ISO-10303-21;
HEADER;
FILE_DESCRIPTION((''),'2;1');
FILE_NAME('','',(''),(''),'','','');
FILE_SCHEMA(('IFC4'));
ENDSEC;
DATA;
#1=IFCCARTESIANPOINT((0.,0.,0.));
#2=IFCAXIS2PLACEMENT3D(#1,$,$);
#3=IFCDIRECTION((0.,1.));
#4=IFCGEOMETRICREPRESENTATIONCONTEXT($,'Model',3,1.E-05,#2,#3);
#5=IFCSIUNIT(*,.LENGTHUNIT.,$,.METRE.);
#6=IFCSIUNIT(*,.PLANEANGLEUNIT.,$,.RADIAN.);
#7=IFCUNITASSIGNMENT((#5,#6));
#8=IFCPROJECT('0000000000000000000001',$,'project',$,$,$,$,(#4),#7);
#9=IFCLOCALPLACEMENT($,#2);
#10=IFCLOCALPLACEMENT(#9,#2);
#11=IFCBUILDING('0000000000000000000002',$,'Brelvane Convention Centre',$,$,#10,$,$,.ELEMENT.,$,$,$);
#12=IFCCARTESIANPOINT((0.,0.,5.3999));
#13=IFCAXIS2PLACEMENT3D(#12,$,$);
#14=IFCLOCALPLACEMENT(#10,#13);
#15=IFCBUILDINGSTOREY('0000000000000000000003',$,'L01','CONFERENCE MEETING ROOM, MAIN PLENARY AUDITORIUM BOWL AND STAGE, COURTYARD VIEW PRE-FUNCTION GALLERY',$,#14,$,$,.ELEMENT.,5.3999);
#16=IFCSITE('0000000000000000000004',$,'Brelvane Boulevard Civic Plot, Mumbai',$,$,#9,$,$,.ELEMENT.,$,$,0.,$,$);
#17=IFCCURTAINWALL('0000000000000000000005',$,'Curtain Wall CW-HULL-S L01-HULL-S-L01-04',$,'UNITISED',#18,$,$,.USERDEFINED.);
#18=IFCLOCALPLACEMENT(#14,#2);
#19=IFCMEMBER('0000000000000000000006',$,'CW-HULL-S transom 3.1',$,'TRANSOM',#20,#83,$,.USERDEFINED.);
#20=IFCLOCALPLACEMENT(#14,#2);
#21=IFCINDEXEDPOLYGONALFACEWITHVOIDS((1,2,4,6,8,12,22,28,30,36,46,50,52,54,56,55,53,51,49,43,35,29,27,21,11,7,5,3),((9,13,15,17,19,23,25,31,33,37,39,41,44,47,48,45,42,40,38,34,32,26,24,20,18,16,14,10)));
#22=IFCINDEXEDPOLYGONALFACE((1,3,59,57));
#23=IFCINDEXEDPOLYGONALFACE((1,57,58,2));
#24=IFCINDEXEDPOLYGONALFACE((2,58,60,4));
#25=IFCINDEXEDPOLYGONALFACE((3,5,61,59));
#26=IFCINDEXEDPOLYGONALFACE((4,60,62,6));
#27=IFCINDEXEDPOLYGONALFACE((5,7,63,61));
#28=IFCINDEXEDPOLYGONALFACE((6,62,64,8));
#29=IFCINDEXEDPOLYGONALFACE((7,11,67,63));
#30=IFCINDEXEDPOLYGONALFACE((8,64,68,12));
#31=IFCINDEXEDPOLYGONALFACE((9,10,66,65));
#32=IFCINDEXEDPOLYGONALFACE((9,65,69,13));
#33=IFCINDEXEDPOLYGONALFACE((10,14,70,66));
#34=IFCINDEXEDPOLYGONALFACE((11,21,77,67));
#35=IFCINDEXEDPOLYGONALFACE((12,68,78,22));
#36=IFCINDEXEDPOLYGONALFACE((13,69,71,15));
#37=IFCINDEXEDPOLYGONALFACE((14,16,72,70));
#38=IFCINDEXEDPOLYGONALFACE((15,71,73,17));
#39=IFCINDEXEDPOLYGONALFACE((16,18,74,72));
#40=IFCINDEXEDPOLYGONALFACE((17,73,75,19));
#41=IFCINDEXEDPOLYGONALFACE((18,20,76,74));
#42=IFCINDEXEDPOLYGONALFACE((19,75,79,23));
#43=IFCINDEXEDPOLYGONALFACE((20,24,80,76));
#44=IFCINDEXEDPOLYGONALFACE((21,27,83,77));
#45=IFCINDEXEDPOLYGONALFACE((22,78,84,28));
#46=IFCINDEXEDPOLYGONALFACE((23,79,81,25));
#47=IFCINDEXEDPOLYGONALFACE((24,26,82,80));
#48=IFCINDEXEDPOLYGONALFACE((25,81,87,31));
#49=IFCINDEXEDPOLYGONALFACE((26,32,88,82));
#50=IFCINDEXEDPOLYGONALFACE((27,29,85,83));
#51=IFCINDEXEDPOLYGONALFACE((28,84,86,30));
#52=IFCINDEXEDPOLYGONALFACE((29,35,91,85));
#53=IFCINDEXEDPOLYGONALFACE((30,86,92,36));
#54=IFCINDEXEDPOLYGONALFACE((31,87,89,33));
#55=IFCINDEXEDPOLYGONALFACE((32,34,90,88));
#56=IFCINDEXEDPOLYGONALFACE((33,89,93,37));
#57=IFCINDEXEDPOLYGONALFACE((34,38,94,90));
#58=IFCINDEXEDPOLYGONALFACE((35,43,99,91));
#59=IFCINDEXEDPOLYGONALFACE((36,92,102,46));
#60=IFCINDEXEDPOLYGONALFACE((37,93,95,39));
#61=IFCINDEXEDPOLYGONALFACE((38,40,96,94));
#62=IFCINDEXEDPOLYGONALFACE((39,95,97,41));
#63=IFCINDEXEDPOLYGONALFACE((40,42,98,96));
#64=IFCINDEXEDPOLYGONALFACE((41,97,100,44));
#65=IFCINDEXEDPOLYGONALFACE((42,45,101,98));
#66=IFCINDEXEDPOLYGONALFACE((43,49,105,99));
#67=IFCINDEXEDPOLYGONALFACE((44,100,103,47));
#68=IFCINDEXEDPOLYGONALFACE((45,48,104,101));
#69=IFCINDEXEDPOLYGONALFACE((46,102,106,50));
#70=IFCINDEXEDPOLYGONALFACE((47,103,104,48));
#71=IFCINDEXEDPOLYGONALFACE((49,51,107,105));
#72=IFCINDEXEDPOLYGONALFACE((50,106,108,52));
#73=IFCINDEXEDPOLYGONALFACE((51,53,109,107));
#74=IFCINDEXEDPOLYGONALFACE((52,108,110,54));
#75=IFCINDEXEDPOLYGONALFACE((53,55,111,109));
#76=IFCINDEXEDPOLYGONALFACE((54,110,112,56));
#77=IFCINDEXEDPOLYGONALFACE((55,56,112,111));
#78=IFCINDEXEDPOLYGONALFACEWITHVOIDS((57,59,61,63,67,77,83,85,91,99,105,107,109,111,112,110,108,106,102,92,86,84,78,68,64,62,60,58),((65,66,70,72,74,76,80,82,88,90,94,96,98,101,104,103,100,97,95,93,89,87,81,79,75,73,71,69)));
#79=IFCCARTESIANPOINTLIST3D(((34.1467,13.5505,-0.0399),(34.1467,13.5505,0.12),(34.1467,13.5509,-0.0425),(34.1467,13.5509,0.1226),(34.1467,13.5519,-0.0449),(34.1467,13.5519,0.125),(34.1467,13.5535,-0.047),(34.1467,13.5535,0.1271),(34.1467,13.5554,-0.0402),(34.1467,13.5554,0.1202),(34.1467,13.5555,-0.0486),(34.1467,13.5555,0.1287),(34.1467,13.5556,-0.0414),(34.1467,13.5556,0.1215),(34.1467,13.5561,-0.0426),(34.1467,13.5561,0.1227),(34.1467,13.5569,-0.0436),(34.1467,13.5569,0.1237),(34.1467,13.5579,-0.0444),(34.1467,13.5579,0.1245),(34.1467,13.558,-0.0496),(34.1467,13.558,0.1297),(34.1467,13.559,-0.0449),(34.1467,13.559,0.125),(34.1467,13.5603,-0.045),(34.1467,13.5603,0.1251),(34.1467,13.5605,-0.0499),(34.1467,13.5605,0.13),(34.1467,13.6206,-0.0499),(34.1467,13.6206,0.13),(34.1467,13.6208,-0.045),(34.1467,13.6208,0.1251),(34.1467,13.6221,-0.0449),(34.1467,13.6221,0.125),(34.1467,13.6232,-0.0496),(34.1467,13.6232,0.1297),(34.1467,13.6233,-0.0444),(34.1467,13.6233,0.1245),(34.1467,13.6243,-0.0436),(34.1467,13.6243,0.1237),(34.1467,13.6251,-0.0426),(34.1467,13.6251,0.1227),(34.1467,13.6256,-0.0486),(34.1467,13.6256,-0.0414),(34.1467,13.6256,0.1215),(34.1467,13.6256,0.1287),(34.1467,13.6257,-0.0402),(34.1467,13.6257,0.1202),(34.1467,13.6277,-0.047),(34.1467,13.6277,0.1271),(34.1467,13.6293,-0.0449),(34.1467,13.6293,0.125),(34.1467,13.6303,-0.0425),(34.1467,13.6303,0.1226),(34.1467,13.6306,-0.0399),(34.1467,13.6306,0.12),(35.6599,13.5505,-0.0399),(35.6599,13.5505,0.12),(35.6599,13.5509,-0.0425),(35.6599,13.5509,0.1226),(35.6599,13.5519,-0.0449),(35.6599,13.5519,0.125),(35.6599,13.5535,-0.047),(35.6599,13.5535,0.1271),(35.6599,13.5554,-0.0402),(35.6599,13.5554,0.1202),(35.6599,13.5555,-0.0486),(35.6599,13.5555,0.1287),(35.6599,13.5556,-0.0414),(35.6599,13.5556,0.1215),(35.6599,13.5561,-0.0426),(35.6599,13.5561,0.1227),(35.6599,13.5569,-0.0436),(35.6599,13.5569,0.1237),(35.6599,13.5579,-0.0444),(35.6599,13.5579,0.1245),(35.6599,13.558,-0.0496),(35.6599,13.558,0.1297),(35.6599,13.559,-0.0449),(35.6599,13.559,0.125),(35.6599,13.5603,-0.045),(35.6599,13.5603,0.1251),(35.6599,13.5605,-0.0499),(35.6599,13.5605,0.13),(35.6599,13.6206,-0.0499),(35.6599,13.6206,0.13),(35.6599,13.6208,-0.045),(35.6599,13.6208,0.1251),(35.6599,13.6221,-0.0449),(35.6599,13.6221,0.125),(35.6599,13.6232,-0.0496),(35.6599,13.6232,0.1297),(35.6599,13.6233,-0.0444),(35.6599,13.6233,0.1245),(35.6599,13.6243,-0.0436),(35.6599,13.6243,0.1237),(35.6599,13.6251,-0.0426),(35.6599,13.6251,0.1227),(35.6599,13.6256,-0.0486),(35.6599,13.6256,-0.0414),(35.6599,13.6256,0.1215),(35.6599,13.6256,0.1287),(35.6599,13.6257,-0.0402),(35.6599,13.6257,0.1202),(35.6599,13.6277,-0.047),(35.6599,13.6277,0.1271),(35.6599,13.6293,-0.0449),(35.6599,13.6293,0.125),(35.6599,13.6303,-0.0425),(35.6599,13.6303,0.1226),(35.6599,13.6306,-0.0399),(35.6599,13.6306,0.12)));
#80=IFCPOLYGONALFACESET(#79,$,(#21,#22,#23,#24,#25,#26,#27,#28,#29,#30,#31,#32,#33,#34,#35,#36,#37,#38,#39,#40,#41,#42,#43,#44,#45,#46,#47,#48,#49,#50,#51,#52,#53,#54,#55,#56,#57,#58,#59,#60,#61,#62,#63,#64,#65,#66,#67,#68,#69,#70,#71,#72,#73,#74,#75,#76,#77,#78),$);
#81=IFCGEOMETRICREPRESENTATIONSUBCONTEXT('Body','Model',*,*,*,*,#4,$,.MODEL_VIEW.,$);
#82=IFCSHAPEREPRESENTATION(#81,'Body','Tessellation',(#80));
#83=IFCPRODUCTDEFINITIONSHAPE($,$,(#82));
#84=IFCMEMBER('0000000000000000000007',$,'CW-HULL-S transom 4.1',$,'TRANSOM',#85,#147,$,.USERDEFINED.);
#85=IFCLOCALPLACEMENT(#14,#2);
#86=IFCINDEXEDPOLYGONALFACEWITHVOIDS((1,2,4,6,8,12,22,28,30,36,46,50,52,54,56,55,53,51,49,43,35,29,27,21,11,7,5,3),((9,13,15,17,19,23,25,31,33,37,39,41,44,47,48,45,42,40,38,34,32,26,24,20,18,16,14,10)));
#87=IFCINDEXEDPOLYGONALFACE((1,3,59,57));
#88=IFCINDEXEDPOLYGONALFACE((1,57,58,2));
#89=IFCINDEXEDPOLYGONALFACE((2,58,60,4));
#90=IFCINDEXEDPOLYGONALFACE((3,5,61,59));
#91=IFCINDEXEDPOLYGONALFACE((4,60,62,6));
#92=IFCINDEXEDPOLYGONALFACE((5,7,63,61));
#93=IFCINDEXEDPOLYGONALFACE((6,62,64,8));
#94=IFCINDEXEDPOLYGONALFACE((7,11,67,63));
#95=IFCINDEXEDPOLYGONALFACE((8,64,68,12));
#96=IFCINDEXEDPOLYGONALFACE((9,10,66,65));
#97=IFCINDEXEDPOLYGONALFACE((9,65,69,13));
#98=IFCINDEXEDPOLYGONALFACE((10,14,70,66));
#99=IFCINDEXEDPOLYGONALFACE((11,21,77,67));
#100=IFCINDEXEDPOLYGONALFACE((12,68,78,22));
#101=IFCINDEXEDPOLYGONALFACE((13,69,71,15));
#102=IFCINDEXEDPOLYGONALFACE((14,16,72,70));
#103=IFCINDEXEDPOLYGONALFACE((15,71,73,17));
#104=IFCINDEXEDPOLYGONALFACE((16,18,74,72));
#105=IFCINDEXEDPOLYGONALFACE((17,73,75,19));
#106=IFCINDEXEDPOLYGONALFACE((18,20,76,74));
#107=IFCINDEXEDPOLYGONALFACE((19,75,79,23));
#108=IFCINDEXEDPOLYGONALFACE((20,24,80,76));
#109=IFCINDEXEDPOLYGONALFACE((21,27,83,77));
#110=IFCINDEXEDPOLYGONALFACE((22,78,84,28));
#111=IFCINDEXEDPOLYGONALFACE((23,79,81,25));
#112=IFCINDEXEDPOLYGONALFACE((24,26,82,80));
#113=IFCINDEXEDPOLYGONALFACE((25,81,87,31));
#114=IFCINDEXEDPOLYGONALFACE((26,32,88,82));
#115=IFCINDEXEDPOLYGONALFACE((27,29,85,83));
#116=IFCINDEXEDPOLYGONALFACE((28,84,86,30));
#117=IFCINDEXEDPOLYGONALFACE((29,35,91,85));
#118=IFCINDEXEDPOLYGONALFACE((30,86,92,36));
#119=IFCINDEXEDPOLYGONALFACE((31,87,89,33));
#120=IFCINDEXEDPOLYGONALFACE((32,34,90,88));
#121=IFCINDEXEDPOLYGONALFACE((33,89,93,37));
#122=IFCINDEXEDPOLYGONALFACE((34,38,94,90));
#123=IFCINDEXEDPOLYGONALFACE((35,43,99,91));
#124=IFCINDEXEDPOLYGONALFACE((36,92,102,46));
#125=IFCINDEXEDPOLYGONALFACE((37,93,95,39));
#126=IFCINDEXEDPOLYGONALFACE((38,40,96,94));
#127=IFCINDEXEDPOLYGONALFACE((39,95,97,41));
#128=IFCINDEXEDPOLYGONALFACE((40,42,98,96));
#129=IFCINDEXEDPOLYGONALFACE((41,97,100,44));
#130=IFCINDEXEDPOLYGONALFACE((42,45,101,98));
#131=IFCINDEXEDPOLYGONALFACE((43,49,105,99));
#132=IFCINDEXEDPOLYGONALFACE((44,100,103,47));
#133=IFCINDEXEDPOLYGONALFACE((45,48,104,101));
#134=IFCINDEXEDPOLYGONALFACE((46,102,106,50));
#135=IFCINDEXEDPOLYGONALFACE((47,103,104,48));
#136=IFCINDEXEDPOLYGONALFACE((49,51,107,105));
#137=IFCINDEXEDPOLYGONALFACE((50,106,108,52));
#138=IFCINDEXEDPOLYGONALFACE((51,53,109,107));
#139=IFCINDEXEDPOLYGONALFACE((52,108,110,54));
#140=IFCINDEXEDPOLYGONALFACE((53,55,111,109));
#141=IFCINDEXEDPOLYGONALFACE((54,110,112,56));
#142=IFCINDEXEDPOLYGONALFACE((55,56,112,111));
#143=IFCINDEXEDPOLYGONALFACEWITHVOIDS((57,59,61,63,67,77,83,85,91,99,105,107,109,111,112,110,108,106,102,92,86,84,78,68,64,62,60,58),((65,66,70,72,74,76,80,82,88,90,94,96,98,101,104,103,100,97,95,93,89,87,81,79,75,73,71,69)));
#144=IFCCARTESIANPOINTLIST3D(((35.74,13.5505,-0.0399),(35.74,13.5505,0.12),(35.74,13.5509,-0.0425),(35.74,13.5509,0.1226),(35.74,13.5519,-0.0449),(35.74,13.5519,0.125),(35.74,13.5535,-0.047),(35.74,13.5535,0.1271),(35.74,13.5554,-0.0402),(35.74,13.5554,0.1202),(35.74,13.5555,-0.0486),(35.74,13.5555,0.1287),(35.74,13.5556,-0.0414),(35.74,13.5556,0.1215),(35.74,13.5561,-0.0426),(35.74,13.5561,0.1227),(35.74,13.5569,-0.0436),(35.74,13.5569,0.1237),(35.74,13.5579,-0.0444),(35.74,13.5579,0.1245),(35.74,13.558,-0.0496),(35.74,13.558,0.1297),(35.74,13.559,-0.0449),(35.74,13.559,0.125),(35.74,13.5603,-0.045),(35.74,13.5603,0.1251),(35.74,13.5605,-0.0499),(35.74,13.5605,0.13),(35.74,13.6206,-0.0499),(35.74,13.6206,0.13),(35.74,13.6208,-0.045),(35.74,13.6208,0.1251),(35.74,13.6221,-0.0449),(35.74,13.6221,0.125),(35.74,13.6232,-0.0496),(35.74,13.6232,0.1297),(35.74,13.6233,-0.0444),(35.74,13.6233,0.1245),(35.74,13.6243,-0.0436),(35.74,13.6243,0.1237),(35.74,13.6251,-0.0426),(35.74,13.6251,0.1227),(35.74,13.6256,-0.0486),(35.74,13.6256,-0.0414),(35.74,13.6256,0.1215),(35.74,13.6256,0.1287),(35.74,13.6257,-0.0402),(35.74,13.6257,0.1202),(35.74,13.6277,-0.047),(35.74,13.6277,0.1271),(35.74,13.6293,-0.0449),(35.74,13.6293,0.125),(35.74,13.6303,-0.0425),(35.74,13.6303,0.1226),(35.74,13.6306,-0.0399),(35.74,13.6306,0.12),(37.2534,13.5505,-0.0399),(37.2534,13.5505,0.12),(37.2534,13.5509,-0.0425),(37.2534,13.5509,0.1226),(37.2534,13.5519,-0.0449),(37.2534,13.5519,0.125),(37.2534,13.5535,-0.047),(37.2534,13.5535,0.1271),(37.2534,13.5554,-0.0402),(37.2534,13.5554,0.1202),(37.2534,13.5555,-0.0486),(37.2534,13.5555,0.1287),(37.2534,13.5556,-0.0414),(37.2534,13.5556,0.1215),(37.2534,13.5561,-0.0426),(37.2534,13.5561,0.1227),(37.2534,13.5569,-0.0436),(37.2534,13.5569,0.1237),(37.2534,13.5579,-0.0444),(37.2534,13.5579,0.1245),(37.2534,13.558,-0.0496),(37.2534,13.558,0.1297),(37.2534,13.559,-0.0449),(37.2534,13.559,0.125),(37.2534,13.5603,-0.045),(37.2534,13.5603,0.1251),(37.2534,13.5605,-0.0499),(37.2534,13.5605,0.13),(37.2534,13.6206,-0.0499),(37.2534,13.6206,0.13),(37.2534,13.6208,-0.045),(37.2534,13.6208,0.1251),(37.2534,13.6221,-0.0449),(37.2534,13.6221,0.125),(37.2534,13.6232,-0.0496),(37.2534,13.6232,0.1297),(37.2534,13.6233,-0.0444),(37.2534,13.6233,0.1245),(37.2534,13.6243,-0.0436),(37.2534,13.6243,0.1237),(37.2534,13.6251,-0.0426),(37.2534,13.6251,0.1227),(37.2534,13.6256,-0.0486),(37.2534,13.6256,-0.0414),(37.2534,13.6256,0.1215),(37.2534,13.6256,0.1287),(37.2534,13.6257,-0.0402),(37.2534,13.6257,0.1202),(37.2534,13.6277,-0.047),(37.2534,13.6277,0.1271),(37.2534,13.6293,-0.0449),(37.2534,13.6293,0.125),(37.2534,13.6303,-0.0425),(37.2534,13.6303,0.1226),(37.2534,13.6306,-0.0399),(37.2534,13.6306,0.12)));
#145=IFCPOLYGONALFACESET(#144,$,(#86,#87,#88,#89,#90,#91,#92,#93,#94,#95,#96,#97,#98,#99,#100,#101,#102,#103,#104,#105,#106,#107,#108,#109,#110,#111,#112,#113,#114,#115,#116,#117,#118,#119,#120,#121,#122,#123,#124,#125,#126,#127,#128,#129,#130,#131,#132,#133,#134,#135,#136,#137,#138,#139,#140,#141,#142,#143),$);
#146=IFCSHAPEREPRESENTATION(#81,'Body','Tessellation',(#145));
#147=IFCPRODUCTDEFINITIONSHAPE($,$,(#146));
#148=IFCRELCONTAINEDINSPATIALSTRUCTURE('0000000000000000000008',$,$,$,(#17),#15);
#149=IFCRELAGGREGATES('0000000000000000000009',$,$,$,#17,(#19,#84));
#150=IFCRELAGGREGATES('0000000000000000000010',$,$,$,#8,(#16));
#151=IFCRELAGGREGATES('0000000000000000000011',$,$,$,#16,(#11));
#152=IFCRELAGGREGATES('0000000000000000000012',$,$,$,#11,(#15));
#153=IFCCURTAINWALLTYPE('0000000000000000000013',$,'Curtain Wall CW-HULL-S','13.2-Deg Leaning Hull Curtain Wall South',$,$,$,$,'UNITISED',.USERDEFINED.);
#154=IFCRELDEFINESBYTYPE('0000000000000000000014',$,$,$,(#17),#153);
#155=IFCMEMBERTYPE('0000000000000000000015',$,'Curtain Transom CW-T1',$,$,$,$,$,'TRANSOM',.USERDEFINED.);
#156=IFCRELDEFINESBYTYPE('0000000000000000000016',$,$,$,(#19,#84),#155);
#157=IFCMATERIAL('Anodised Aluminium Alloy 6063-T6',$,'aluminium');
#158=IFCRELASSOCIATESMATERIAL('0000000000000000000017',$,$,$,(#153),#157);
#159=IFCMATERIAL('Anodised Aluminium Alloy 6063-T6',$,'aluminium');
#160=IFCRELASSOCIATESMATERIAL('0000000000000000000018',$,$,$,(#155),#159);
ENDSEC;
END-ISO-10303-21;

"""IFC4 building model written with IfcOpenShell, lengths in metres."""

from ifc_helpers import new_model, si_unit, direction, frame, origin, origin_2d, place, context, subcontext, project, spatial, hollow_rectangle, extrude, material, material_profile, profile_set, type_object, element, aggregate, save


model = new_model("IFC4")

# Units and contexts
model_context = context("Model", 3, precision=1e-05, world=origin(), true_north=direction((0.0, 1.0)))
body_context = subcontext(model_context, "Body", "Model", "MODEL_VIEW")
ifc_project = project(units=[si_unit("LENGTHUNIT", "METRE"), si_unit("PLANEANGLEUNIT", "RADIAN")], contexts=[model_context])

# Site, building, storey
site_placement = place(None, origin())
site = spatial("IfcSite", under=ifc_project, at=site_placement, Name="Brelvane Boulevard Civic Plot, Mumbai", CompositionType="ELEMENT", RefElevation=0.0)
building_placement = place(site_placement, origin())
building = spatial("IfcBuilding", under=site, at=building_placement, Name="Brelvane Convention Centre", CompositionType="ELEMENT")
storey_placement = place(building_placement, frame((0.0, 0.0, 5.3999)))
storey = spatial("IfcBuildingStorey", under=building, at=storey_placement, Name="L01", Description="CONFERENCE MEETING ROOM, MAIN PLENARY AUDITORIUM BOWL AND STAGE, COURTYARD VIEW PRE-FUNCTION GALLERY", CompositionType="ELEMENT", Elevation=5.3999)

# Curtain wall
ifc_material_1 = material(Name="Anodised Aluminium Alloy 6063-T6", Category="aluminium")
curtain_wall_type = type_object("IfcCurtainWallType", Name="Curtain Wall CW-HULL-S", Description="13.2-Deg Leaning Hull Curtain Wall South", ElementType="UNITISED", PredefinedType="USERDEFINED", material=ifc_material_1)
curtain_wall_1_placement = place(storey_placement, origin())
curtain_wall_1 = element("IfcCurtainWall", 1, at=curtain_wall_1_placement, inside=storey, type_object=curtain_wall_type, Name="Curtain Wall CW-HULL-S L01-HULL-S-L01-04", ObjectType="UNITISED", PredefinedType="USERDEFINED")

# Members
ifc_material_2 = material(Name="Anodised Aluminium Alloy 6063-T6", Category="aluminium")
ifc_material_profile_1 = material_profile(ifc_material_2, hollow_rectangle(XDim=0.0801, YDim=0.1799, WallThickness=0.0049, InnerFilletRadius=0.0049, OuterFilletRadius=0.01, at=origin_2d()), Name="ALU-T 180x80x5.0")
ifc_profile_set_1 = profile_set([ifc_material_profile_1], Name="Anodised Aluminium Alloy 6063-T6")
member_type_1 = type_object("IfcMemberType", Name="Curtain Transom CW-T1", ElementType="TRANSOM", PredefinedType="USERDEFINED", material=ifc_profile_set_1)
member_1_placement = place(storey_placement, frame((34.1467, 13.5906, 0.04), z_axis=(1.0, 0.0, 0.0), x_axis=(0.0, 1.0, 0.0)))
member_1 = element("IfcMember", 2, at=member_1_placement, type_object=member_type_1, Name="CW-HULL-S transom 3.1", ObjectType="TRANSOM", PredefinedType="USERDEFINED", context=body_context, shape_type="SweptSolid", body=[
    extrude(hollow_rectangle(XDim=0.0801, YDim=0.1799, WallThickness=0.0049, InnerFilletRadius=0.0049, OuterFilletRadius=0.01, at=origin_2d()), origin(), (0.0, 0.0, 1.0), 1.5132),
])
member_2_placement = place(storey_placement, frame((35.74, 13.5906, 0.04), z_axis=(1.0, 0.0, 0.0), x_axis=(0.0, 1.0, 0.0)))
member_2 = element("IfcMember", 3, at=member_2_placement, type_object=member_type_1, Name="CW-HULL-S transom 4.1", ObjectType="TRANSOM", PredefinedType="USERDEFINED", context=body_context, shape_type="SweptSolid", body=[
    extrude(hollow_rectangle(XDim=0.0801, YDim=0.1799, WallThickness=0.0049, InnerFilletRadius=0.0049, OuterFilletRadius=0.01, at=origin_2d()), origin(), (0.0, 0.0, 1.0), 1.5134),
])

aggregate(curtain_wall_1, [member_1, member_2])

save(model, "model.ifc")
